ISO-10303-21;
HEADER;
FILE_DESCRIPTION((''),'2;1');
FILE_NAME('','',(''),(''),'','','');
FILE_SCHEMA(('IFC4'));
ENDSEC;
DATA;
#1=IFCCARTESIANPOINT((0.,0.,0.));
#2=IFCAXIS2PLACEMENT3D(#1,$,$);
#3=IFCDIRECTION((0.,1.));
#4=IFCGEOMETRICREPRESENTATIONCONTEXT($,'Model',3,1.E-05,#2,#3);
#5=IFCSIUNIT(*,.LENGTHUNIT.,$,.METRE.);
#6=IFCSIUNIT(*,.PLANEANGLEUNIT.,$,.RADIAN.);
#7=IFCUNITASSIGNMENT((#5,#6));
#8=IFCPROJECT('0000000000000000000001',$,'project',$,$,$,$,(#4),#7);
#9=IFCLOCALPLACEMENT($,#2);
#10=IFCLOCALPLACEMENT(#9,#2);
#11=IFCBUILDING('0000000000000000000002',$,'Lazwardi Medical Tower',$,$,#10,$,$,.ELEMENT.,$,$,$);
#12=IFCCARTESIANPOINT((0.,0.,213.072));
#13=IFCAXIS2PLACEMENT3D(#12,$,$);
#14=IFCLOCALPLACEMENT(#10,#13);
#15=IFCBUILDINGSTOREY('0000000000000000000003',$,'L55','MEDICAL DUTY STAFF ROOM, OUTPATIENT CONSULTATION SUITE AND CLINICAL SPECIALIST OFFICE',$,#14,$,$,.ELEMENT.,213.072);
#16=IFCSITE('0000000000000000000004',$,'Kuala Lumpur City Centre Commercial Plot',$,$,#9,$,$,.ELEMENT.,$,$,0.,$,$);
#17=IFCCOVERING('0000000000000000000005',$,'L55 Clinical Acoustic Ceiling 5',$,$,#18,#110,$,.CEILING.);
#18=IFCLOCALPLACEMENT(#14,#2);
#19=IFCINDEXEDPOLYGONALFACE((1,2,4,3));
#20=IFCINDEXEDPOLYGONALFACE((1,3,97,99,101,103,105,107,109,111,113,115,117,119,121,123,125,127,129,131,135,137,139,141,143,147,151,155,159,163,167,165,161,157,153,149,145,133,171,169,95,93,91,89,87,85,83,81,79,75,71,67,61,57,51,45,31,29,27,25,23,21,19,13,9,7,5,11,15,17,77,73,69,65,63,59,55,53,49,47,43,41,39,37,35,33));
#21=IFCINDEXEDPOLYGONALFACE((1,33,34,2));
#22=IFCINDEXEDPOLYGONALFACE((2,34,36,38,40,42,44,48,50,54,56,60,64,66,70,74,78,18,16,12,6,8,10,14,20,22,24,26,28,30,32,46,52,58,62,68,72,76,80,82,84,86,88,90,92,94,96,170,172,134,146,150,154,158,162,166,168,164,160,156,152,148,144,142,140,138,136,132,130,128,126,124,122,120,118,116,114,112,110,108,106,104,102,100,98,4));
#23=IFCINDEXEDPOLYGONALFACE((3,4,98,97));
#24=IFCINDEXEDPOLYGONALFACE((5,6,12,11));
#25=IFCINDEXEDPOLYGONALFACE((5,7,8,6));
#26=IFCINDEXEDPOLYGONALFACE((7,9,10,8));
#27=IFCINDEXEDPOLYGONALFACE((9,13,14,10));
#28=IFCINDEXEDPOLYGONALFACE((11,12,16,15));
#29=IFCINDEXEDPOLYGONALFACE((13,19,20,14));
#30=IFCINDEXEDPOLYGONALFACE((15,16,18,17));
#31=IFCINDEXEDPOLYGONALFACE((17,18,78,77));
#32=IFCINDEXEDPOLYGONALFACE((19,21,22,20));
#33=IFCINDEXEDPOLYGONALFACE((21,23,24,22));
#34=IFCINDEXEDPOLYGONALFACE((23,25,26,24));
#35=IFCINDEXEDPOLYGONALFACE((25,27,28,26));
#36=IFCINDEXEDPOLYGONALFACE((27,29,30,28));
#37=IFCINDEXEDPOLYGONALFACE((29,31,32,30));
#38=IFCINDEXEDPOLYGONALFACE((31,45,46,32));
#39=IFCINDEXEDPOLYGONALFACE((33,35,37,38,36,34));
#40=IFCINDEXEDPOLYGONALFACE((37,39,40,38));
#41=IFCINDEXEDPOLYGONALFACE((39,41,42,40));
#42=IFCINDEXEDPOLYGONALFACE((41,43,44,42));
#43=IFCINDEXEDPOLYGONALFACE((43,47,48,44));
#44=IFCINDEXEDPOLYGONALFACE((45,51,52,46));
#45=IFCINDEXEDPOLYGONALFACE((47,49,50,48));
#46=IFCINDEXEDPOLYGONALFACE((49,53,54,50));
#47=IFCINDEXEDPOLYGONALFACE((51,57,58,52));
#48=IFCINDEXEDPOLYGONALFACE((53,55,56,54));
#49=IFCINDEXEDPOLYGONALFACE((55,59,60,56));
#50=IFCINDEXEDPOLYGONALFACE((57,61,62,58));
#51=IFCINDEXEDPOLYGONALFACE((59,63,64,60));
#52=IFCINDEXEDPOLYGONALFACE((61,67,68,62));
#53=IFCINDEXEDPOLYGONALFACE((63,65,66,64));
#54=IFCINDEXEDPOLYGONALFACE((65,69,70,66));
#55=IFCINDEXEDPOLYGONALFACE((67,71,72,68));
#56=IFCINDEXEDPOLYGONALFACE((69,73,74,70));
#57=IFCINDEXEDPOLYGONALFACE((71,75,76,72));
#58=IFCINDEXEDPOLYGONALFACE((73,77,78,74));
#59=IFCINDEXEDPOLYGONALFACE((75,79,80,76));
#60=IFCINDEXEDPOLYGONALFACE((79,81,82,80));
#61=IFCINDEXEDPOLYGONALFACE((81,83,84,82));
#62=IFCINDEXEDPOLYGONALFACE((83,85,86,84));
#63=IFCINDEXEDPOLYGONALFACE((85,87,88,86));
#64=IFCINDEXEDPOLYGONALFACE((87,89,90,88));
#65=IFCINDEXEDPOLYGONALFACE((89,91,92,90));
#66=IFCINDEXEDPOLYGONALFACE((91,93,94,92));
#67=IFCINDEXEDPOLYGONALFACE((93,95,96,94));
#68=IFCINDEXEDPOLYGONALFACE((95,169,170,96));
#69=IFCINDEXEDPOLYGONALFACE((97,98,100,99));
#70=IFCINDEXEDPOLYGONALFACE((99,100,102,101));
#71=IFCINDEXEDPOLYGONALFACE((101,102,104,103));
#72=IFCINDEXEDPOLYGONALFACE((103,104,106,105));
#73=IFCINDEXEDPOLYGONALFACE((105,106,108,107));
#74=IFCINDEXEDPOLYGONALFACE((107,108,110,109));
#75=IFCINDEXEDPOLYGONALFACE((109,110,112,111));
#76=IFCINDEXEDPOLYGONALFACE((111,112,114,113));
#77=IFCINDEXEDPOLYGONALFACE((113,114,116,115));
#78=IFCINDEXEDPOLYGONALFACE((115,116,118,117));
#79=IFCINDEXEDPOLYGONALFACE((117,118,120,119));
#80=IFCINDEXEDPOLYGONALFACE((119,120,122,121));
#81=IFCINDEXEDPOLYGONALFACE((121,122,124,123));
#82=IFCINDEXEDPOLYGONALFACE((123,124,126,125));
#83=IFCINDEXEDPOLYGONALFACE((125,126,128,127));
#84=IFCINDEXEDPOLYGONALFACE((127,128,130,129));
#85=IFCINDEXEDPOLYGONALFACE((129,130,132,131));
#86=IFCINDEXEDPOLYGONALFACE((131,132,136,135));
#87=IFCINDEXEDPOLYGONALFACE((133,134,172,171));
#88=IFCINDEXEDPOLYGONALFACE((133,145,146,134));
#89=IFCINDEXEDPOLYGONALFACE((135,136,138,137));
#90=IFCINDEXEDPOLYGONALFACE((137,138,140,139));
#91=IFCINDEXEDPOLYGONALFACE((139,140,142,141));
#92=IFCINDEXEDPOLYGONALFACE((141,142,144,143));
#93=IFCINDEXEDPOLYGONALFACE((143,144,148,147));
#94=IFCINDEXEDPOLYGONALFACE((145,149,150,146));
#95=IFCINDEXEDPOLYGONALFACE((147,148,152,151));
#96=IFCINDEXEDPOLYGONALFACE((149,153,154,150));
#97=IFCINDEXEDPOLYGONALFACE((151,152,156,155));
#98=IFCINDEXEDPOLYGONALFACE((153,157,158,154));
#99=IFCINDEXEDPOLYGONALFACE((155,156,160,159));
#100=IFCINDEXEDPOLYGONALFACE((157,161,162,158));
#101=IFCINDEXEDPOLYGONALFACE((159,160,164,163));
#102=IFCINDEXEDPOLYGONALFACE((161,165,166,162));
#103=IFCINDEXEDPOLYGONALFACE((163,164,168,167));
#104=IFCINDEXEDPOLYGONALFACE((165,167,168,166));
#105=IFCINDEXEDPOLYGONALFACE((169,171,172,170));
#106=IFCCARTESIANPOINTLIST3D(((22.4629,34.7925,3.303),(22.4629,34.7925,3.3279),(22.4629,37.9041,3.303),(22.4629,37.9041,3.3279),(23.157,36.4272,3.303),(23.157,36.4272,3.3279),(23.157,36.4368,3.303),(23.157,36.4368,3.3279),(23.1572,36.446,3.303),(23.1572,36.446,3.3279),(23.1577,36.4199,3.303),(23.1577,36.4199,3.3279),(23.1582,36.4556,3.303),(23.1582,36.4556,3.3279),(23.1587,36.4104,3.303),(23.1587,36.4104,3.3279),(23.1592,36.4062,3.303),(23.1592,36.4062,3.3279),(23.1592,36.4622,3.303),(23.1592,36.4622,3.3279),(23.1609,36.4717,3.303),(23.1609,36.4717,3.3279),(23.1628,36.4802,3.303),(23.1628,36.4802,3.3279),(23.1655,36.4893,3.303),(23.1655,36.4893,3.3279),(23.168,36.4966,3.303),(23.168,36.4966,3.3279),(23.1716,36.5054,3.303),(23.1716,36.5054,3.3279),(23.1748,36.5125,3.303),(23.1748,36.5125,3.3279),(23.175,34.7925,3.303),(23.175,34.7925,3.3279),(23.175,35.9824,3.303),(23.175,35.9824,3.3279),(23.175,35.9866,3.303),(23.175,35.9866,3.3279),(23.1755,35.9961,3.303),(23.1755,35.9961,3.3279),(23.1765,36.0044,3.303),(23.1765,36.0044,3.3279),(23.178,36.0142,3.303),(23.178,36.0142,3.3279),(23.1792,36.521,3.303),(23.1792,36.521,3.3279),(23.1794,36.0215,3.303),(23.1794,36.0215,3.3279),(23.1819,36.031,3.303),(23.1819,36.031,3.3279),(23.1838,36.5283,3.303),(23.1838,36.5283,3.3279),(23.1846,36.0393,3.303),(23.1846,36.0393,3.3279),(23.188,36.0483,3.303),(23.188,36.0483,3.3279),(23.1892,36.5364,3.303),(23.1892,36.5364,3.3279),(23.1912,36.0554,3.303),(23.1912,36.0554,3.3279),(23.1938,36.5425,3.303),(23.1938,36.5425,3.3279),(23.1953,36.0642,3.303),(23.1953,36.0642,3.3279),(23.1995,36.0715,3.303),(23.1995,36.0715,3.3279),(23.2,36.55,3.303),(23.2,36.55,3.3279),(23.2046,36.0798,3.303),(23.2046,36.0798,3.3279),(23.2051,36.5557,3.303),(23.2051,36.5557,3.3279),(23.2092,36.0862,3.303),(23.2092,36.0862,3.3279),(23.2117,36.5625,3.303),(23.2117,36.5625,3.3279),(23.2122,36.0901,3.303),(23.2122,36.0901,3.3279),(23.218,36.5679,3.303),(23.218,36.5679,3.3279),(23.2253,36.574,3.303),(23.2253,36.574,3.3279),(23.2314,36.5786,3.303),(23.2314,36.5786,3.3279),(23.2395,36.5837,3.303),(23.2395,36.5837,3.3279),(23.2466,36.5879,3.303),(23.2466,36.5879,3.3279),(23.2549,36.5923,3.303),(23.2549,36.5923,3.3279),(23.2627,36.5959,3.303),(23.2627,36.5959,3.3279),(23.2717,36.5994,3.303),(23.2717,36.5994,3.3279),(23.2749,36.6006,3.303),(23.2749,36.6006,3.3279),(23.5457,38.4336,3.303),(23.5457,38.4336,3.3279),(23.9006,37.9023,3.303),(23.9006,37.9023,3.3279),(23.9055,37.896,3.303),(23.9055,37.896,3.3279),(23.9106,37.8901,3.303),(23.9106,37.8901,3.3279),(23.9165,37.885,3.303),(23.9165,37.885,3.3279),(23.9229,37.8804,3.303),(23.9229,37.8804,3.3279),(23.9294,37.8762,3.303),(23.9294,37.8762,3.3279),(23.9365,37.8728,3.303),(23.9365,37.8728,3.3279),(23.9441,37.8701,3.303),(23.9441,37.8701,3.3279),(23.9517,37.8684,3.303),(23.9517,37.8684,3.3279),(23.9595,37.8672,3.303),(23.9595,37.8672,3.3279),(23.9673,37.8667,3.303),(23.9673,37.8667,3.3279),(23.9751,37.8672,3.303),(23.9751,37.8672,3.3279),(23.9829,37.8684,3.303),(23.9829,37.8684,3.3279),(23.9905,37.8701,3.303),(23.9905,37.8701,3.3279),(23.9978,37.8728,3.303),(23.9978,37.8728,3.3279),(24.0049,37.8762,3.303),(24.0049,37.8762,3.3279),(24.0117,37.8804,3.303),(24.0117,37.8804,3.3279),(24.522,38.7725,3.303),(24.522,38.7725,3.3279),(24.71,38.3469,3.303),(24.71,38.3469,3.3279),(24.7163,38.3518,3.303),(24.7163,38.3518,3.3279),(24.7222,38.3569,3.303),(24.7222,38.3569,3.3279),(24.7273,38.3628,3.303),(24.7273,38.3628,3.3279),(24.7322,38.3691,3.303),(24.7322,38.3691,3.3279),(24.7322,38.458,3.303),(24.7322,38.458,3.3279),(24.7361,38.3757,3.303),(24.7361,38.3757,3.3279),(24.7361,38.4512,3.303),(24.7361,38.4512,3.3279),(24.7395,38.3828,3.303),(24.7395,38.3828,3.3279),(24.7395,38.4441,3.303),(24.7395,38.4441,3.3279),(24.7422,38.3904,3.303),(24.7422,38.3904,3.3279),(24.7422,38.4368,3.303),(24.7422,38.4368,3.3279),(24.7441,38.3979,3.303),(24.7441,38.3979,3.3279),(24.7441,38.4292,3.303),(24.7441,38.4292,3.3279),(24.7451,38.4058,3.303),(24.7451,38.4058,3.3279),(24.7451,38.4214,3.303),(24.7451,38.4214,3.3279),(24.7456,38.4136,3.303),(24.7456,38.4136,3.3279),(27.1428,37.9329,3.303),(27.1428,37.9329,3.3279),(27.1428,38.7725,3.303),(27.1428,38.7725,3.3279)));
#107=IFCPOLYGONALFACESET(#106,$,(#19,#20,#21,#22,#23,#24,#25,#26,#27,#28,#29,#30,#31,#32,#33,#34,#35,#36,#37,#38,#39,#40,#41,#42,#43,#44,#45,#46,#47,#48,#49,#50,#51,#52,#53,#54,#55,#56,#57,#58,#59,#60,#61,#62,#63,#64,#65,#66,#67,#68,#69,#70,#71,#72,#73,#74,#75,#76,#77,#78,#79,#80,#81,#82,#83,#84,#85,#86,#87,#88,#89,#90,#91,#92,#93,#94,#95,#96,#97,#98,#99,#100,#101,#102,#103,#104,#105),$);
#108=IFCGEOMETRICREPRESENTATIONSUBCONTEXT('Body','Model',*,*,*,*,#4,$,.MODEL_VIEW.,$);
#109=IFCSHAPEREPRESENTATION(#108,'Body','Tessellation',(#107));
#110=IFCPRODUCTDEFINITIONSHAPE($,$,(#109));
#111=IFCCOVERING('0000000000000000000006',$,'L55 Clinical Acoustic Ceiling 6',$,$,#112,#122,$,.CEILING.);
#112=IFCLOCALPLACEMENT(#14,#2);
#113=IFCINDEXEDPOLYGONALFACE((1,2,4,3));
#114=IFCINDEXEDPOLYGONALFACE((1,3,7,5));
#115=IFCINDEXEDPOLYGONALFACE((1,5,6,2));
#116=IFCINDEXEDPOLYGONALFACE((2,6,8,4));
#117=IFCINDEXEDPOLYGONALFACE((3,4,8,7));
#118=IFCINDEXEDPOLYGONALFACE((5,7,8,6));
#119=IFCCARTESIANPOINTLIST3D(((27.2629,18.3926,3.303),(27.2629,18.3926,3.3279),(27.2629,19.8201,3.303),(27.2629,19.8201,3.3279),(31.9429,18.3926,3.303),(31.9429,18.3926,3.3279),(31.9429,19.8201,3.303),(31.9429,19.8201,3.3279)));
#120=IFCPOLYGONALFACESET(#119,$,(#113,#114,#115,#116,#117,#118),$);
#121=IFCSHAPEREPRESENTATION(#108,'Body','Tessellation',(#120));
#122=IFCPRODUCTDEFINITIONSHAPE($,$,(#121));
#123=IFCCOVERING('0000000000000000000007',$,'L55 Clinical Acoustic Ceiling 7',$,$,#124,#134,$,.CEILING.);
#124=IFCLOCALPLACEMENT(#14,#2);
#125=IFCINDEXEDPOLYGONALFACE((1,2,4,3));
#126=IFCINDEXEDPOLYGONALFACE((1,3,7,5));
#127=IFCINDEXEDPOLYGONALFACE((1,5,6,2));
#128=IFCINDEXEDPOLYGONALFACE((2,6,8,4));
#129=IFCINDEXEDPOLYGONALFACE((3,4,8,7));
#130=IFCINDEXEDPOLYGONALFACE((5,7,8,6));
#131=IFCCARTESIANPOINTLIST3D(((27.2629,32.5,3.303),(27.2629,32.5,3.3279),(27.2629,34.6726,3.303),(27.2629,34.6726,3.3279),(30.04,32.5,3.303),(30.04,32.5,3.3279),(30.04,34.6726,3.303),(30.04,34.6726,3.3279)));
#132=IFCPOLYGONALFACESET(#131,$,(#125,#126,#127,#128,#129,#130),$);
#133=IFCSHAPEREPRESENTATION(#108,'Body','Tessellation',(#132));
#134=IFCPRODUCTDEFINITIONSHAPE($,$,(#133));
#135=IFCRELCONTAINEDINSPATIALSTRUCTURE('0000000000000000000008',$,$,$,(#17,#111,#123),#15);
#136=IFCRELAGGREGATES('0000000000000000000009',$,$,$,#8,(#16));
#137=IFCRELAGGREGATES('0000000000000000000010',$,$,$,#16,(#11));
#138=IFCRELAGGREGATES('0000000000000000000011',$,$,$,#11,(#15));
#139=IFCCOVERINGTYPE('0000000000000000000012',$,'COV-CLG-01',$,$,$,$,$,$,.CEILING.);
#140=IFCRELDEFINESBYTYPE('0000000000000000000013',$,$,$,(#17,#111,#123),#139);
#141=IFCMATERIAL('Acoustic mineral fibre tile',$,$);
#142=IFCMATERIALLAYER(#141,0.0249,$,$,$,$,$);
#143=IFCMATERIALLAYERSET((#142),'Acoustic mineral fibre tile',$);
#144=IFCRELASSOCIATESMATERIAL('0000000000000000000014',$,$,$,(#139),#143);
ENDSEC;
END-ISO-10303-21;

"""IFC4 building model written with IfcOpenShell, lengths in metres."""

from ifc_helpers import new_model, si_unit, direction, frame, origin, place, context, subcontext, project, spatial, polyline, outline, extrude, material, layer, layer_set, type_object, element, save


model = new_model("IFC4")

# Units and contexts
model_context = context("Model", 3, precision=1e-05, world=origin(), true_north=direction((0.0, 1.0)))
body_context = subcontext(model_context, "Body", "Model", "MODEL_VIEW")
ifc_project = project(units=[si_unit("LENGTHUNIT", "METRE"), si_unit("PLANEANGLEUNIT", "RADIAN")], contexts=[model_context])

# Site, building, storey
site_placement = place(None, origin())
site = spatial("IfcSite", under=ifc_project, at=site_placement, Name="Kuala Lumpur City Centre Commercial Plot", CompositionType="ELEMENT", RefElevation=0.0)
building_placement = place(site_placement, origin())
building = spatial("IfcBuilding", under=site, at=building_placement, Name="Lazwardi Medical Tower", CompositionType="ELEMENT")
storey_placement = place(building_placement, frame((0.0, 0.0, 213.072)))
storey = spatial("IfcBuildingStorey", under=building, at=storey_placement, Name="L55", Description="MEDICAL DUTY STAFF ROOM, OUTPATIENT CONSULTATION SUITE AND CLINICAL SPECIALIST OFFICE", CompositionType="ELEMENT", Elevation=213.072)

# Coverings
ifc_material_1 = material(Name="Acoustic mineral fibre tile")
ifc_layer_1 = layer(ifc_material_1, 0.0249)
ifc_layer_set_1 = layer_set([ifc_layer_1], Name="Acoustic mineral fibre tile")
covering_type_1 = type_object("IfcCoveringType", Name="COV-CLG-01", PredefinedType="CEILING", material=ifc_layer_set_1)
covering_1_placement = place(storey_placement, frame((0.0, 0.0, 3.303)))
element("IfcCovering", 1, at=covering_1_placement, inside=storey, type_object=covering_type_1, Name="L55 Clinical Acoustic Ceiling 5", PredefinedType="CEILING", context=body_context, shape_type="SweptSolid", body=[
    extrude(outline(polyline([(24.522, 38.7725), (24.7322, 38.458), (24.7361, 38.4512), (24.7395, 38.4441), (24.7422, 38.4368), (24.7441, 38.4292), (24.7451, 38.4214), (24.7456, 38.4136), (24.7451, 38.4058), (24.7441, 38.3979), (24.7422, 38.3904), (24.7395, 38.3828), (24.7361, 38.3757), (24.7322, 38.3691), (24.7273, 38.3628), (24.7222, 38.3569), (24.7163, 38.3518), (24.71, 38.3469), (24.0117, 37.8804), (24.0049, 37.8762), (23.9978, 37.8728), (23.9905, 37.8701), (23.9829, 37.8684), (23.9751, 37.8672), (23.9673, 37.8667), (23.9595, 37.8672), (23.9517, 37.8684), (23.9441, 37.8701), (23.9365, 37.8728), (23.9294, 37.8762), (23.9229, 37.8804), (23.9165, 37.885), (23.9106, 37.8901), (23.9055, 37.896), (23.9006, 37.9023), (23.5457, 38.4336), (22.4629, 37.9041), (22.4629, 34.7925), (23.175, 34.7925), (23.175, 35.9824), (23.175, 35.9866), (23.1755, 35.9961), (23.1765, 36.0044), (23.178, 36.0142), (23.1794, 36.0215), (23.1819, 36.031), (23.1846, 36.0393), (23.188, 36.0483), (23.1912, 36.0554), (23.1953, 36.0642), (23.1995, 36.0715), (23.2046, 36.0798), (23.2092, 36.0862), (23.2122, 36.0901), (23.1592, 36.4062), (23.1587, 36.4104), (23.1577, 36.4199), (23.157, 36.4272), (23.157, 36.4368), (23.1572, 36.446), (23.1582, 36.4556), (23.1592, 36.4622), (23.1609, 36.4717), (23.1628, 36.4802), (23.1655, 36.4893), (23.168, 36.4966), (23.1716, 36.5054), (23.1748, 36.5125), (23.1792, 36.521), (23.1838, 36.5283), (23.1892, 36.5364), (23.1938, 36.5425), (23.2, 36.55), (23.2051, 36.5557), (23.2117, 36.5625), (23.218, 36.5679), (23.2253, 36.574), (23.2314, 36.5786), (23.2395, 36.5837), (23.2466, 36.5879), (23.2549, 36.5923), (23.2627, 36.5959), (23.2717, 36.5994), (23.2749, 36.6006), (27.1428, 37.9329), (27.1428, 38.7725), (24.522, 38.7725)])), origin(), (0.0, 0.0, 1.0), 0.0249),
])
covering_2_placement = place(storey_placement, frame((0.0, 0.0, 3.303)))
element("IfcCovering", 2, at=covering_2_placement, inside=storey, type_object=covering_type_1, Name="L55 Clinical Acoustic Ceiling 6", PredefinedType="CEILING", context=body_context, shape_type="SweptSolid", body=[
    extrude(outline(polyline([(31.9429, 19.8201), (27.2629, 19.8201), (27.2629, 18.3926), (31.9429, 18.3926), (31.9429, 19.8201)])), origin(), (0.0, 0.0, 1.0), 0.0249),
])
covering_3_placement = place(storey_placement, frame((0.0, 0.0, 3.303)))
element("IfcCovering", 3, at=covering_3_placement, inside=storey, type_object=covering_type_1, Name="L55 Clinical Acoustic Ceiling 7", PredefinedType="CEILING", context=body_context, shape_type="SweptSolid", body=[
    extrude(outline(polyline([(27.2629, 32.5), (30.04, 32.5), (30.04, 34.6726), (27.2629, 34.6726), (27.2629, 32.5)])), origin(), (0.0, 0.0, 1.0), 0.0249),
])

save(model, "model.ifc")
